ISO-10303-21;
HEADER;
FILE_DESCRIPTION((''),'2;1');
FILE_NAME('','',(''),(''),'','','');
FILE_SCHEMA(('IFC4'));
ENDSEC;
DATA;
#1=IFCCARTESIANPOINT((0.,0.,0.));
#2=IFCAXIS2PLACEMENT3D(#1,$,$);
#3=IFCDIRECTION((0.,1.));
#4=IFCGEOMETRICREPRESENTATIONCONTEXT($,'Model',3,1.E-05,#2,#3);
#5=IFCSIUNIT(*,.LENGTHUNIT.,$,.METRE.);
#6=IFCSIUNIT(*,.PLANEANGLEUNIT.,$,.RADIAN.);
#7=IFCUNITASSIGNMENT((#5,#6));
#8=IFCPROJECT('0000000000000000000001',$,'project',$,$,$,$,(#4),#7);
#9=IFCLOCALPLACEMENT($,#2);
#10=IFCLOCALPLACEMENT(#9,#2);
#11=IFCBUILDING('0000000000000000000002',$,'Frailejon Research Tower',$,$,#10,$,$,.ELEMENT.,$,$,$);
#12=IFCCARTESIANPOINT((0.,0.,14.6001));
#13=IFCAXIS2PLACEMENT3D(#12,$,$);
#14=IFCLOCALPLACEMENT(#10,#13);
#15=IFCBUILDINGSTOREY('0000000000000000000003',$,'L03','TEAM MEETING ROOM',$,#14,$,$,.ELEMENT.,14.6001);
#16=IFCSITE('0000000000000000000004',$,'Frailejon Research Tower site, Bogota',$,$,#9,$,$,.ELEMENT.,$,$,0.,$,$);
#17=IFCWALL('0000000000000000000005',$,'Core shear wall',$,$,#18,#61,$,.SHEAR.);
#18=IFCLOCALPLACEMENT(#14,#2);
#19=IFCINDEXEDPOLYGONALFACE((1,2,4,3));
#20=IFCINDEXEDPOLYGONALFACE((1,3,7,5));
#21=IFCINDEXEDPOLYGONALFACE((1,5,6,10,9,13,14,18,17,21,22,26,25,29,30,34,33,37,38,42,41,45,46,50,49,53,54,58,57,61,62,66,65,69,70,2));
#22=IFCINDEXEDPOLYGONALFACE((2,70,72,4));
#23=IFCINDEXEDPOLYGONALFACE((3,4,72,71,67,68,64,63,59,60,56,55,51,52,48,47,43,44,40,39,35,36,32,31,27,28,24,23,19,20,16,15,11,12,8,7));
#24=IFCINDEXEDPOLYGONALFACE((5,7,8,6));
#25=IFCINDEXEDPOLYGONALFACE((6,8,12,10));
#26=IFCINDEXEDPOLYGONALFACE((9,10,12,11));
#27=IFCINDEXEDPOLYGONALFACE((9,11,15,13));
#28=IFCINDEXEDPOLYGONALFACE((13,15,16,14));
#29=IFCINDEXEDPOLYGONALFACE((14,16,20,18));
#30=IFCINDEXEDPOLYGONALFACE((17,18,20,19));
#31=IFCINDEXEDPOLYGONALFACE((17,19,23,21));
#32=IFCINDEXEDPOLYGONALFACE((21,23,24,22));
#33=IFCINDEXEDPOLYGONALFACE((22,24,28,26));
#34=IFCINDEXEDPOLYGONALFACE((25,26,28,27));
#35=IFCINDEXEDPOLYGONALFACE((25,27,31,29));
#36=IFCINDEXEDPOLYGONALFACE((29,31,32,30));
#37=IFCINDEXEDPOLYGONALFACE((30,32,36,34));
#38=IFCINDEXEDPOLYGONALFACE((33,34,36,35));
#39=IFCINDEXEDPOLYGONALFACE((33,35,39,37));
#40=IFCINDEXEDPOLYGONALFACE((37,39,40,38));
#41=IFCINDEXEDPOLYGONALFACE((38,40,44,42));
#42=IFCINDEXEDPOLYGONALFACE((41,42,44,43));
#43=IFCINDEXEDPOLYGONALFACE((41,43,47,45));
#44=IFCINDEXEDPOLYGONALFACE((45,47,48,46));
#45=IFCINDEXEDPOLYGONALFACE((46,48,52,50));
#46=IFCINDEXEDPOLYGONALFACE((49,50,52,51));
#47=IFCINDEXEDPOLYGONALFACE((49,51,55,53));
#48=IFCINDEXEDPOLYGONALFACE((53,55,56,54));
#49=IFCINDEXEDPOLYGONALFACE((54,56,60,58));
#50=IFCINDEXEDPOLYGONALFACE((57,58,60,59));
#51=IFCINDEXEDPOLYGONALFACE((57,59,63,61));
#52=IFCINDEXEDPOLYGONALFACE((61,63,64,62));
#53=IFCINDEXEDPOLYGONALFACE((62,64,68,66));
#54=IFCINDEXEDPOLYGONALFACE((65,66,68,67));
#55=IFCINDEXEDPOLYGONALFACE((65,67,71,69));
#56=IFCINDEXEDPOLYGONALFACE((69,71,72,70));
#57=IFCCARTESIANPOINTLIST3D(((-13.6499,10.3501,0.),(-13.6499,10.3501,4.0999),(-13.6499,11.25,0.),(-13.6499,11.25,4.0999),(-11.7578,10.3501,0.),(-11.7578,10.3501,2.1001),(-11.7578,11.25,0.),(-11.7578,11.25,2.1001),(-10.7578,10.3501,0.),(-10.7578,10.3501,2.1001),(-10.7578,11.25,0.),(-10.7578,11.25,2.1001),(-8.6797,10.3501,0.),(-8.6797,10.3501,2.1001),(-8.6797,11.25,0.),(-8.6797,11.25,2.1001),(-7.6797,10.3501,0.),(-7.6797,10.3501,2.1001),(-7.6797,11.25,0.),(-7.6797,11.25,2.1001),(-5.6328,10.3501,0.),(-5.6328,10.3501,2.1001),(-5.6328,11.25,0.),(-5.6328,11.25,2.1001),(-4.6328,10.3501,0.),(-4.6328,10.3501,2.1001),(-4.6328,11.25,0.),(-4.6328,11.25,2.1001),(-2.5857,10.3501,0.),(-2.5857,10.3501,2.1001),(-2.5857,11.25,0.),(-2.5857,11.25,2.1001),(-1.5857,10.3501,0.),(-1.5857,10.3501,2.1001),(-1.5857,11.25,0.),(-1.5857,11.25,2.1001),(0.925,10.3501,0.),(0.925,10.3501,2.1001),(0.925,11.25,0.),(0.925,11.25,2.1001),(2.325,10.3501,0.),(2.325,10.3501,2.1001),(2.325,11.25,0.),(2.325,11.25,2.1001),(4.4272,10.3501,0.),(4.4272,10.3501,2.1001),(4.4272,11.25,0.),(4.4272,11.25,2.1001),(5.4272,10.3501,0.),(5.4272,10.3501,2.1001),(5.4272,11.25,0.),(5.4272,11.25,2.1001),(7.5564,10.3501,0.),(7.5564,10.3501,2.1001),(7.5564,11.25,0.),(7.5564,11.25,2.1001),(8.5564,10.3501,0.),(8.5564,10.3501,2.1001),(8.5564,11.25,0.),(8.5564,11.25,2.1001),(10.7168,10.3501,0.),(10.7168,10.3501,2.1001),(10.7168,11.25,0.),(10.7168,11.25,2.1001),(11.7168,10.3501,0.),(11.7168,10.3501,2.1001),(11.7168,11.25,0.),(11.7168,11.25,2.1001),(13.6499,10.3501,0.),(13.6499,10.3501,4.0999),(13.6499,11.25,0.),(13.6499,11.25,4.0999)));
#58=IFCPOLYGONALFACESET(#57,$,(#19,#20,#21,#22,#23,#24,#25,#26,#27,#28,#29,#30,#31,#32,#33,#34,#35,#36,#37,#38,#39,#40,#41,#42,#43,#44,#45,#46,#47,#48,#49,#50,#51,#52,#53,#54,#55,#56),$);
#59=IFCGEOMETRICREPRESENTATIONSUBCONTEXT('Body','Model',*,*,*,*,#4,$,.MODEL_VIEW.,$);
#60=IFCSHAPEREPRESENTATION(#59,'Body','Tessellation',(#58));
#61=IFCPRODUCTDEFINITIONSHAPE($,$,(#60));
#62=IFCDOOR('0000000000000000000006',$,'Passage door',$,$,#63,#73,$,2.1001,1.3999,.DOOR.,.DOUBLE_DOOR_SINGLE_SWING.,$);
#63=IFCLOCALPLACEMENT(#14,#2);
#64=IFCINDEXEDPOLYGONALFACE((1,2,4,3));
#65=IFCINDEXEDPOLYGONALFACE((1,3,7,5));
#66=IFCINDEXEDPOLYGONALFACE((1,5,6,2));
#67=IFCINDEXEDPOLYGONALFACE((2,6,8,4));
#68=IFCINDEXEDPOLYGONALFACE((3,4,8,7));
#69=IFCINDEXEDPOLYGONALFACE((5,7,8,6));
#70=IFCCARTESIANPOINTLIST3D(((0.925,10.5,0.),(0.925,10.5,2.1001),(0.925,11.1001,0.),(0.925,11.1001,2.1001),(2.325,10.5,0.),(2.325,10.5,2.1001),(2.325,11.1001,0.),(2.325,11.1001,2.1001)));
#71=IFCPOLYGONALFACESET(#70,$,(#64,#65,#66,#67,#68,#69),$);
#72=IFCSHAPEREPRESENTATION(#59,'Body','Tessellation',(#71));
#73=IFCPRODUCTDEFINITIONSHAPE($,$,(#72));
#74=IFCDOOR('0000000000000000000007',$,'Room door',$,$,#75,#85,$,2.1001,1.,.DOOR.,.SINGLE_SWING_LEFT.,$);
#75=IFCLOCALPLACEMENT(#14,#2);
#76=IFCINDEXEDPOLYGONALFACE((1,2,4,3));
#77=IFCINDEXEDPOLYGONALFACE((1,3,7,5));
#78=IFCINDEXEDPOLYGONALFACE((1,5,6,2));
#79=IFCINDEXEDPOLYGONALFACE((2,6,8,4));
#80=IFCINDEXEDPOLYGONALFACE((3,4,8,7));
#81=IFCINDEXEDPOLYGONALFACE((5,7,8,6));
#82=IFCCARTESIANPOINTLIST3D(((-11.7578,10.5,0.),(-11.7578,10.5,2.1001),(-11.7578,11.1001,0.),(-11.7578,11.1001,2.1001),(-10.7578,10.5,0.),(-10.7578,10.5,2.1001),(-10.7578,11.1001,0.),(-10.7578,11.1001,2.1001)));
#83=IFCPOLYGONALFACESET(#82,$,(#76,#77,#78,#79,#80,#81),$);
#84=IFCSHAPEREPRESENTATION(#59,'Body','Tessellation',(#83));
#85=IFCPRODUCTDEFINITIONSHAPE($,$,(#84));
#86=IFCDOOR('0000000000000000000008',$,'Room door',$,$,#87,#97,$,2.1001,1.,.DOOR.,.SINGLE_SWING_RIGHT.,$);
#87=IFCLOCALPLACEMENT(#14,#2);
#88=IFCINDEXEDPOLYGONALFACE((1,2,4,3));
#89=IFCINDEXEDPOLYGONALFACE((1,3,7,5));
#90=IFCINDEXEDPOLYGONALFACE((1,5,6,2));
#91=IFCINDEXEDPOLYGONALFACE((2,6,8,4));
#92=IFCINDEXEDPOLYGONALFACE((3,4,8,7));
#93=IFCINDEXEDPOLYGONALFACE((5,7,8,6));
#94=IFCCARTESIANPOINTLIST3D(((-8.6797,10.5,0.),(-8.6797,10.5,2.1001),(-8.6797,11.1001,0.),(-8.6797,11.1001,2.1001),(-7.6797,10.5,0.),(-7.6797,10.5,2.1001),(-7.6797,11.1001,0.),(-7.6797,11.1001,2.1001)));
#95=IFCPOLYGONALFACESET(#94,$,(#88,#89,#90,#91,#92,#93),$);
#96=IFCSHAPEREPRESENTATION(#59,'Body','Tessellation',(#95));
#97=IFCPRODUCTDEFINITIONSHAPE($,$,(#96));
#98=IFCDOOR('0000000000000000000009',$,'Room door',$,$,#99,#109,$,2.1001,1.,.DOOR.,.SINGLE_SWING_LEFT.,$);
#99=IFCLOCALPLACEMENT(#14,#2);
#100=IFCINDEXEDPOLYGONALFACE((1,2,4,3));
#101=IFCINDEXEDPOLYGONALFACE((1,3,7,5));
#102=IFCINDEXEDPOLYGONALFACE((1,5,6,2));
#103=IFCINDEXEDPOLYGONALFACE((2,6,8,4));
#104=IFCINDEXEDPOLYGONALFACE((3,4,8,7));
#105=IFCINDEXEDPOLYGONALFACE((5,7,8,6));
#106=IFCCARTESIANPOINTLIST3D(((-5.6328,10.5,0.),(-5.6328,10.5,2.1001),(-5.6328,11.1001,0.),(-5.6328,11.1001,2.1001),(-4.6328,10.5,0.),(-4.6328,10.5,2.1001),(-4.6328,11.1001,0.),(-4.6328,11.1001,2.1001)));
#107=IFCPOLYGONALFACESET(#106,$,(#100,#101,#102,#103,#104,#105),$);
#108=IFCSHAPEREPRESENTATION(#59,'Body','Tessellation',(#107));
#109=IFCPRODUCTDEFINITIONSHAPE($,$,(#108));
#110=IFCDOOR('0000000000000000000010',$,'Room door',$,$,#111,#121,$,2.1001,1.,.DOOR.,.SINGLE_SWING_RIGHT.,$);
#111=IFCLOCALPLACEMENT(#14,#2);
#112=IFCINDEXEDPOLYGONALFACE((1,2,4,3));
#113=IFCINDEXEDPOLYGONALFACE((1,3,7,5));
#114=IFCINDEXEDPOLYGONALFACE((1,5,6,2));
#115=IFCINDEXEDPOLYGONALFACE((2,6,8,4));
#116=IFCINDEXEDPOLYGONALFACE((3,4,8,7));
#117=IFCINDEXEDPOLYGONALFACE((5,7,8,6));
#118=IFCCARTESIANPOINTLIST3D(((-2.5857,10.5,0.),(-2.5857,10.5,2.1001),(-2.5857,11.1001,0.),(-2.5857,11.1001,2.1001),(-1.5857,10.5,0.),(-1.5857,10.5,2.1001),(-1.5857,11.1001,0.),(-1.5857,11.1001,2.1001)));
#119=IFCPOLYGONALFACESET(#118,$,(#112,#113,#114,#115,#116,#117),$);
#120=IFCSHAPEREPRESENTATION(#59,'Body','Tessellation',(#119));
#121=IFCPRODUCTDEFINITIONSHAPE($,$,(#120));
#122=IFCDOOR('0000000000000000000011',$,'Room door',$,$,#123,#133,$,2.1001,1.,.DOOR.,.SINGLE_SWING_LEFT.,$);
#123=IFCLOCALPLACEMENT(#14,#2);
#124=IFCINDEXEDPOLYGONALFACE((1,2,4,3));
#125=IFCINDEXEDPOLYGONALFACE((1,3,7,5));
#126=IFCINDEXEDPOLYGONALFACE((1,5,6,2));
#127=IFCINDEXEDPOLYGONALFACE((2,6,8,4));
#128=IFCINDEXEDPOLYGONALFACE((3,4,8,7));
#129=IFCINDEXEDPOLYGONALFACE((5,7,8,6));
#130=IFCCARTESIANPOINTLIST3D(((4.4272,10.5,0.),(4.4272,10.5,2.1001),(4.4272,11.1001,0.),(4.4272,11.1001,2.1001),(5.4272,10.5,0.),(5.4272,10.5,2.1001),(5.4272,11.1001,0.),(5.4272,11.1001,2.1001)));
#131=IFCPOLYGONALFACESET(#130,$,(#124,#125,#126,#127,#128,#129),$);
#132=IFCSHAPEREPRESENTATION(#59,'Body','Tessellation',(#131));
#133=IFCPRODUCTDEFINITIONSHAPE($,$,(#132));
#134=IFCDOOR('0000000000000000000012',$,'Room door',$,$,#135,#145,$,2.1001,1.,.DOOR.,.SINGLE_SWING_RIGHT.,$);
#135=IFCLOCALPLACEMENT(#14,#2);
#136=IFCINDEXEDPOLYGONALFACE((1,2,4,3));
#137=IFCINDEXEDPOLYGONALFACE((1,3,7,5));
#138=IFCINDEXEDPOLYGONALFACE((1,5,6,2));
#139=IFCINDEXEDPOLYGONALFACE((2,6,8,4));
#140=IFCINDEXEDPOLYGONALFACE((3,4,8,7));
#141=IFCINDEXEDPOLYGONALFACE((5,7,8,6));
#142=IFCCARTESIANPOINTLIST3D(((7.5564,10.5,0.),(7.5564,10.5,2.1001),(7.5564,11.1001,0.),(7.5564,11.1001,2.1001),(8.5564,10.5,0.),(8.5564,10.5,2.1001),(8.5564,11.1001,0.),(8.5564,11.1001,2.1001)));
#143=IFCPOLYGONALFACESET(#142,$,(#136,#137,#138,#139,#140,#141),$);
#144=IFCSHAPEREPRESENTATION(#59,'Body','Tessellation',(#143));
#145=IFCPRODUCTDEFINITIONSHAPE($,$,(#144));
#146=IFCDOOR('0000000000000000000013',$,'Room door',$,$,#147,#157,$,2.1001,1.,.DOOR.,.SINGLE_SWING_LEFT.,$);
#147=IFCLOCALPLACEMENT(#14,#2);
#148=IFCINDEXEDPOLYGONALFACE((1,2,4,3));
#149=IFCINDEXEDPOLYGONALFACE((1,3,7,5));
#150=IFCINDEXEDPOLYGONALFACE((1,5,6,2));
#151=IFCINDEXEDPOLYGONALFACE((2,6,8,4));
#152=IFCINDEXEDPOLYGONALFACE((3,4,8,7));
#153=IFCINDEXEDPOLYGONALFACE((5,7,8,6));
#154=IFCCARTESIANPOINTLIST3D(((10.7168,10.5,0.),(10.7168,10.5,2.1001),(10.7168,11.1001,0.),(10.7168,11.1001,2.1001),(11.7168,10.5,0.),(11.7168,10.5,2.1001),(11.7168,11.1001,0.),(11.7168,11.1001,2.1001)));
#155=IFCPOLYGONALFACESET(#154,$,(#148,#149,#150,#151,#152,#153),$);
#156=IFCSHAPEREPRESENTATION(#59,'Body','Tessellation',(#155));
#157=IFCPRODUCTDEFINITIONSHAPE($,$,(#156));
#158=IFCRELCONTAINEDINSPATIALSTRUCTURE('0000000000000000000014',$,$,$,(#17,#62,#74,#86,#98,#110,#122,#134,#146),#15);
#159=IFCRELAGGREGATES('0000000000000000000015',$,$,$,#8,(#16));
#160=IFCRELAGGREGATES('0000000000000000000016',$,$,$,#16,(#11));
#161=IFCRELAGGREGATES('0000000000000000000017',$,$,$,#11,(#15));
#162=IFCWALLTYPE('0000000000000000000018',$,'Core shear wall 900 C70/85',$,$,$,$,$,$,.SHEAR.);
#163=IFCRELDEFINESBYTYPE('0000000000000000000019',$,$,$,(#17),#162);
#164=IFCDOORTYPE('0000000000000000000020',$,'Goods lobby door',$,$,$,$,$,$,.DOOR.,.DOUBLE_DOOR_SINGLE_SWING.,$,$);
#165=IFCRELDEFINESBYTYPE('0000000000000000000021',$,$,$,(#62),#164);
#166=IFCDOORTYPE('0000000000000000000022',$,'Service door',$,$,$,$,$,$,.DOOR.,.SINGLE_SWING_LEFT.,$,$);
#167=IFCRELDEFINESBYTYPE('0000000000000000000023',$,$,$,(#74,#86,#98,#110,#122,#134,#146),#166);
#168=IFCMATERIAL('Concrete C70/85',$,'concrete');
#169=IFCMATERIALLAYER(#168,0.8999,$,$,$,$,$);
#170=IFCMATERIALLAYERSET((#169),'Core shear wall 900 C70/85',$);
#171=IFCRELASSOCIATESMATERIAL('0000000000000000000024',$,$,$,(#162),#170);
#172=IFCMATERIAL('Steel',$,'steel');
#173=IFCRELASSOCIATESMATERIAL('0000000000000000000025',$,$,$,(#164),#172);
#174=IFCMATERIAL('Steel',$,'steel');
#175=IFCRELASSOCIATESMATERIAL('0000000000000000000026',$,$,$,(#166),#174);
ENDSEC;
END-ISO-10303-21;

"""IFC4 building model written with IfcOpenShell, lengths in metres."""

from ifc_helpers import new_model, si_unit, direction, frame, frame_2d, origin, place, context, subcontext, project, spatial, rectangle, extrude, material, layer, layer_set, type_object, element, fill, save


model = new_model("IFC4")

# Units and contexts
model_context = context("Model", 3, precision=1e-05, world=origin(), true_north=direction((0.0, 1.0)))
body_context = subcontext(model_context, "Body", "Model", "MODEL_VIEW")
ifc_project = project(units=[si_unit("LENGTHUNIT", "METRE"), si_unit("PLANEANGLEUNIT", "RADIAN")], contexts=[model_context])

# Site, building, storey
site_placement = place(None, origin())
site = spatial("IfcSite", under=ifc_project, at=site_placement, Name="Frailejon Research Tower site, Bogota", CompositionType="ELEMENT", RefElevation=0.0)
building_placement = place(site_placement, origin())
building = spatial("IfcBuilding", under=site, at=building_placement, Name="Frailejon Research Tower", CompositionType="ELEMENT")
storey_placement = place(building_placement, frame((0.0, 0.0, 14.6001)))
storey = spatial("IfcBuildingStorey", under=building, at=storey_placement, Name="L03", Description="TEAM MEETING ROOM", CompositionType="ELEMENT", Elevation=14.6001)

# Wall, openings, doors
ifc_material_1 = material(Name="Concrete C70/85", Category="concrete")
ifc_layer_1 = layer(ifc_material_1, 0.8999)
ifc_layer_set_1 = layer_set([ifc_layer_1], Name="Core shear wall 900 C70/85")
wall_type_1 = type_object("IfcWallType", Name="Core shear wall 900 C70/85", PredefinedType="SHEAR", material=ifc_layer_set_1)
wall_1_placement = place(storey_placement, frame((-13.6499, 10.8, 0.0), z_axis=(0.0, 0.0, 1.0), x_axis=(1.0, 0.0, 0.0)))
wall_1 = element("IfcWall", 1, at=wall_1_placement, inside=storey, type_object=wall_type_1, Name="Core shear wall", PredefinedType="SHEAR", context=body_context, shape_type="SweptSolid", body=[
    extrude(rectangle(XDim=27.2998, YDim=0.8999, at=frame_2d((13.6499, 0.0))), origin(), (0.0, 0.0, 1.0), 4.0999),
])
opening_1_placement = place(wall_1_placement, frame((1.8921, 0.0, 0.0)))
opening_1 = element("IfcOpeningElement", 2, at=opening_1_placement, cuts=wall_1, PredefinedType="OPENING", context=body_context, shape_type="SweptSolid", body=[
    extrude(rectangle(XDim=1.0, YDim=2.1001, at=frame_2d((0.5, 1.05))), frame((0.0, 0.46, 0.0), z_axis=(0.0, -1.0, 0.0), x_axis=(1.0, 0.0, 0.0)), (0.0, 0.0, 1.0), 0.9199),
])
opening_2_placement = place(wall_1_placement, frame((4.9702, 0.0, 0.0)))
opening_2 = element("IfcOpeningElement", 3, at=opening_2_placement, cuts=wall_1, PredefinedType="OPENING", context=body_context, shape_type="SweptSolid", body=[
    extrude(rectangle(XDim=1.0, YDim=2.1001, at=frame_2d((0.5, 1.05))), frame((0.0, 0.46, 0.0), z_axis=(0.0, -1.0, 0.0), x_axis=(1.0, 0.0, 0.0)), (0.0, 0.0, 1.0), 0.9199),
])
opening_3_placement = place(wall_1_placement, frame((8.0171, 0.0, 0.0)))
opening_3 = element("IfcOpeningElement", 4, at=opening_3_placement, cuts=wall_1, PredefinedType="OPENING", context=body_context, shape_type="SweptSolid", body=[
    extrude(rectangle(XDim=1.0, YDim=2.1001, at=frame_2d((0.5, 1.05))), frame((0.0, 0.46, 0.0), z_axis=(0.0, -1.0, 0.0), x_axis=(1.0, 0.0, 0.0)), (0.0, 0.0, 1.0), 0.9199),
])
opening_4_placement = place(wall_1_placement, frame((11.0642, 0.0, 0.0)))
opening_4 = element("IfcOpeningElement", 5, at=opening_4_placement, cuts=wall_1, PredefinedType="OPENING", context=body_context, shape_type="SweptSolid", body=[
    extrude(rectangle(XDim=1.0, YDim=2.1001, at=frame_2d((0.5, 1.05))), frame((0.0, 0.46, 0.0), z_axis=(0.0, -1.0, 0.0), x_axis=(1.0, 0.0, 0.0)), (0.0, 0.0, 1.0), 0.9199),
])
opening_5_placement = place(wall_1_placement, frame((18.0771, 0.0, 0.0)))
opening_5 = element("IfcOpeningElement", 6, at=opening_5_placement, cuts=wall_1, PredefinedType="OPENING", context=body_context, shape_type="SweptSolid", body=[
    extrude(rectangle(XDim=1.0, YDim=2.1001, at=frame_2d((0.5, 1.05))), frame((0.0, 0.46, 0.0), z_axis=(0.0, -1.0, 0.0), x_axis=(1.0, 0.0, 0.0)), (0.0, 0.0, 1.0), 0.9199),
])
opening_6_placement = place(wall_1_placement, frame((21.2063, 0.0, 0.0)))
opening_6 = element("IfcOpeningElement", 7, at=opening_6_placement, cuts=wall_1, PredefinedType="OPENING", context=body_context, shape_type="SweptSolid", body=[
    extrude(rectangle(XDim=1.0, YDim=2.1001, at=frame_2d((0.5, 1.05))), frame((0.0, 0.46, 0.0), z_axis=(0.0, -1.0, 0.0), x_axis=(1.0, 0.0, 0.0)), (0.0, 0.0, 1.0), 0.9199),
])
opening_7_placement = place(wall_1_placement, frame((24.3667, 0.0, 0.0)))
opening_7 = element("IfcOpeningElement", 8, at=opening_7_placement, cuts=wall_1, PredefinedType="OPENING", context=body_context, shape_type="SweptSolid", body=[
    extrude(rectangle(XDim=1.0, YDim=2.1001, at=frame_2d((0.5, 1.05))), frame((0.0, 0.46, 0.0), z_axis=(0.0, -1.0, 0.0), x_axis=(1.0, 0.0, 0.0)), (0.0, 0.0, 1.0), 0.9199),
])
opening_8_placement = place(wall_1_placement, frame((14.575, 0.0, 0.0)))
opening_8 = element("IfcOpeningElement", 9, at=opening_8_placement, cuts=wall_1, PredefinedType="OPENING", context=body_context, shape_type="SweptSolid", body=[
    extrude(rectangle(XDim=1.3999, YDim=2.1001, at=frame_2d((0.7, 1.05))), frame((0.0, 0.46, 0.0), z_axis=(0.0, -1.0, 0.0), x_axis=(1.0, 0.0, 0.0)), (0.0, 0.0, 1.0), 0.9199),
])
ifc_material_2 = material(Name="Steel", Category="steel")
door_type_1 = type_object("IfcDoorType", Name="Goods lobby door", OperationType="DOUBLE_DOOR_SINGLE_SWING", PredefinedType="DOOR", material=ifc_material_2)
door_1_placement = place(opening_8_placement, origin())
door_1 = element("IfcDoor", 10, at=door_1_placement, inside=storey, type_object=door_type_1, Name="Passage door", OperationType="DOUBLE_DOOR_SINGLE_SWING", OverallHeight=2.1001, OverallWidth=1.3999, PredefinedType="DOOR", context=body_context, shape_type="SweptSolid", body=[
    extrude(rectangle(XDim=1.3999, YDim=2.1001, at=frame_2d((0.7, 1.05))), frame((0.0, 0.3, 0.0), z_axis=(0.0, -1.0, 0.0), x_axis=(1.0, 0.0, 0.0)), (0.0, 0.0, 1.0), 0.6001),
])
fill(opening_8, door_1)
ifc_material_3 = material(Name="Steel", Category="steel")
door_type_2 = type_object("IfcDoorType", Name="Service door", OperationType="SINGLE_SWING_LEFT", PredefinedType="DOOR", material=ifc_material_3)
door_2_placement = place(opening_1_placement, origin())
door_2 = element("IfcDoor", 11, at=door_2_placement, inside=storey, type_object=door_type_2, Name="Room door", OperationType="SINGLE_SWING_LEFT", OverallHeight=2.1001, OverallWidth=1.0, PredefinedType="DOOR", context=body_context, shape_type="SweptSolid", body=[
    extrude(rectangle(XDim=1.0, YDim=2.1001, at=frame_2d((0.5, 1.05))), frame((0.0, 0.3, 0.0), z_axis=(0.0, -1.0, 0.0), x_axis=(1.0, 0.0, 0.0)), (0.0, 0.0, 1.0), 0.6001),
])
fill(opening_1, door_2)
door_3_placement = place(opening_2_placement, origin())
door_3 = element("IfcDoor", 12, at=door_3_placement, inside=storey, type_object=door_type_2, Name="Room door", OperationType="SINGLE_SWING_RIGHT", OverallHeight=2.1001, OverallWidth=1.0, PredefinedType="DOOR", context=body_context, shape_type="SweptSolid", body=[
    extrude(rectangle(XDim=1.0, YDim=2.1001, at=frame_2d((0.5, 1.05))), frame((0.0, 0.3, 0.0), z_axis=(0.0, -1.0, 0.0), x_axis=(1.0, 0.0, 0.0)), (0.0, 0.0, 1.0), 0.6001),
])
fill(opening_2, door_3)
door_4_placement = place(opening_3_placement, origin())
door_4 = element("IfcDoor", 13, at=door_4_placement, inside=storey, type_object=door_type_2, Name="Room door", OperationType="SINGLE_SWING_LEFT", OverallHeight=2.1001, OverallWidth=1.0, PredefinedType="DOOR", context=body_context, shape_type="SweptSolid", body=[
    extrude(rectangle(XDim=1.0, YDim=2.1001, at=frame_2d((0.5, 1.05))), frame((0.0, 0.3, 0.0), z_axis=(0.0, -1.0, 0.0), x_axis=(1.0, 0.0, 0.0)), (0.0, 0.0, 1.0), 0.6001),
])
fill(opening_3, door_4)
door_5_placement = place(opening_4_placement, origin())
door_5 = element("IfcDoor", 14, at=door_5_placement, inside=storey, type_object=door_type_2, Name="Room door", OperationType="SINGLE_SWING_RIGHT", OverallHeight=2.1001, OverallWidth=1.0, PredefinedType="DOOR", context=body_context, shape_type="SweptSolid", body=[
    extrude(rectangle(XDim=1.0, YDim=2.1001, at=frame_2d((0.5, 1.05))), frame((0.0, 0.3, 0.0), z_axis=(0.0, -1.0, 0.0), x_axis=(1.0, 0.0, 0.0)), (0.0, 0.0, 1.0), 0.6001),
])
fill(opening_4, door_5)
door_6_placement = place(opening_5_placement, origin())
door_6 = element("IfcDoor", 15, at=door_6_placement, inside=storey, type_object=door_type_2, Name="Room door", OperationType="SINGLE_SWING_LEFT", OverallHeight=2.1001, OverallWidth=1.0, PredefinedType="DOOR", context=body_context, shape_type="SweptSolid", body=[
    extrude(rectangle(XDim=1.0, YDim=2.1001, at=frame_2d((0.5, 1.05))), frame((0.0, 0.3, 0.0), z_axis=(0.0, -1.0, 0.0), x_axis=(1.0, 0.0, 0.0)), (0.0, 0.0, 1.0), 0.6001),
])
fill(opening_5, door_6)
door_7_placement = place(opening_6_placement, origin())
door_7 = element("IfcDoor", 16, at=door_7_placement, inside=storey, type_object=door_type_2, Name="Room door", OperationType="SINGLE_SWING_RIGHT", OverallHeight=2.1001, OverallWidth=1.0, PredefinedType="DOOR", context=body_context, shape_type="SweptSolid", body=[
    extrude(rectangle(XDim=1.0, YDim=2.1001, at=frame_2d((0.5, 1.05))), frame((0.0, 0.3, 0.0), z_axis=(0.0, -1.0, 0.0), x_axis=(1.0, 0.0, 0.0)), (0.0, 0.0, 1.0), 0.6001),
])
fill(opening_6, door_7)
door_8_placement = place(opening_7_placement, origin())
door_8 = element("IfcDoor", 17, at=door_8_placement, inside=storey, type_object=door_type_2, Name="Room door", OperationType="SINGLE_SWING_LEFT", OverallHeight=2.1001, OverallWidth=1.0, PredefinedType="DOOR", context=body_context, shape_type="SweptSolid", body=[
    extrude(rectangle(XDim=1.0, YDim=2.1001, at=frame_2d((0.5, 1.05))), frame((0.0, 0.3, 0.0), z_axis=(0.0, -1.0, 0.0), x_axis=(1.0, 0.0, 0.0)), (0.0, 0.0, 1.0), 0.6001),
])
fill(opening_7, door_8)

save(model, "model.ifc")
